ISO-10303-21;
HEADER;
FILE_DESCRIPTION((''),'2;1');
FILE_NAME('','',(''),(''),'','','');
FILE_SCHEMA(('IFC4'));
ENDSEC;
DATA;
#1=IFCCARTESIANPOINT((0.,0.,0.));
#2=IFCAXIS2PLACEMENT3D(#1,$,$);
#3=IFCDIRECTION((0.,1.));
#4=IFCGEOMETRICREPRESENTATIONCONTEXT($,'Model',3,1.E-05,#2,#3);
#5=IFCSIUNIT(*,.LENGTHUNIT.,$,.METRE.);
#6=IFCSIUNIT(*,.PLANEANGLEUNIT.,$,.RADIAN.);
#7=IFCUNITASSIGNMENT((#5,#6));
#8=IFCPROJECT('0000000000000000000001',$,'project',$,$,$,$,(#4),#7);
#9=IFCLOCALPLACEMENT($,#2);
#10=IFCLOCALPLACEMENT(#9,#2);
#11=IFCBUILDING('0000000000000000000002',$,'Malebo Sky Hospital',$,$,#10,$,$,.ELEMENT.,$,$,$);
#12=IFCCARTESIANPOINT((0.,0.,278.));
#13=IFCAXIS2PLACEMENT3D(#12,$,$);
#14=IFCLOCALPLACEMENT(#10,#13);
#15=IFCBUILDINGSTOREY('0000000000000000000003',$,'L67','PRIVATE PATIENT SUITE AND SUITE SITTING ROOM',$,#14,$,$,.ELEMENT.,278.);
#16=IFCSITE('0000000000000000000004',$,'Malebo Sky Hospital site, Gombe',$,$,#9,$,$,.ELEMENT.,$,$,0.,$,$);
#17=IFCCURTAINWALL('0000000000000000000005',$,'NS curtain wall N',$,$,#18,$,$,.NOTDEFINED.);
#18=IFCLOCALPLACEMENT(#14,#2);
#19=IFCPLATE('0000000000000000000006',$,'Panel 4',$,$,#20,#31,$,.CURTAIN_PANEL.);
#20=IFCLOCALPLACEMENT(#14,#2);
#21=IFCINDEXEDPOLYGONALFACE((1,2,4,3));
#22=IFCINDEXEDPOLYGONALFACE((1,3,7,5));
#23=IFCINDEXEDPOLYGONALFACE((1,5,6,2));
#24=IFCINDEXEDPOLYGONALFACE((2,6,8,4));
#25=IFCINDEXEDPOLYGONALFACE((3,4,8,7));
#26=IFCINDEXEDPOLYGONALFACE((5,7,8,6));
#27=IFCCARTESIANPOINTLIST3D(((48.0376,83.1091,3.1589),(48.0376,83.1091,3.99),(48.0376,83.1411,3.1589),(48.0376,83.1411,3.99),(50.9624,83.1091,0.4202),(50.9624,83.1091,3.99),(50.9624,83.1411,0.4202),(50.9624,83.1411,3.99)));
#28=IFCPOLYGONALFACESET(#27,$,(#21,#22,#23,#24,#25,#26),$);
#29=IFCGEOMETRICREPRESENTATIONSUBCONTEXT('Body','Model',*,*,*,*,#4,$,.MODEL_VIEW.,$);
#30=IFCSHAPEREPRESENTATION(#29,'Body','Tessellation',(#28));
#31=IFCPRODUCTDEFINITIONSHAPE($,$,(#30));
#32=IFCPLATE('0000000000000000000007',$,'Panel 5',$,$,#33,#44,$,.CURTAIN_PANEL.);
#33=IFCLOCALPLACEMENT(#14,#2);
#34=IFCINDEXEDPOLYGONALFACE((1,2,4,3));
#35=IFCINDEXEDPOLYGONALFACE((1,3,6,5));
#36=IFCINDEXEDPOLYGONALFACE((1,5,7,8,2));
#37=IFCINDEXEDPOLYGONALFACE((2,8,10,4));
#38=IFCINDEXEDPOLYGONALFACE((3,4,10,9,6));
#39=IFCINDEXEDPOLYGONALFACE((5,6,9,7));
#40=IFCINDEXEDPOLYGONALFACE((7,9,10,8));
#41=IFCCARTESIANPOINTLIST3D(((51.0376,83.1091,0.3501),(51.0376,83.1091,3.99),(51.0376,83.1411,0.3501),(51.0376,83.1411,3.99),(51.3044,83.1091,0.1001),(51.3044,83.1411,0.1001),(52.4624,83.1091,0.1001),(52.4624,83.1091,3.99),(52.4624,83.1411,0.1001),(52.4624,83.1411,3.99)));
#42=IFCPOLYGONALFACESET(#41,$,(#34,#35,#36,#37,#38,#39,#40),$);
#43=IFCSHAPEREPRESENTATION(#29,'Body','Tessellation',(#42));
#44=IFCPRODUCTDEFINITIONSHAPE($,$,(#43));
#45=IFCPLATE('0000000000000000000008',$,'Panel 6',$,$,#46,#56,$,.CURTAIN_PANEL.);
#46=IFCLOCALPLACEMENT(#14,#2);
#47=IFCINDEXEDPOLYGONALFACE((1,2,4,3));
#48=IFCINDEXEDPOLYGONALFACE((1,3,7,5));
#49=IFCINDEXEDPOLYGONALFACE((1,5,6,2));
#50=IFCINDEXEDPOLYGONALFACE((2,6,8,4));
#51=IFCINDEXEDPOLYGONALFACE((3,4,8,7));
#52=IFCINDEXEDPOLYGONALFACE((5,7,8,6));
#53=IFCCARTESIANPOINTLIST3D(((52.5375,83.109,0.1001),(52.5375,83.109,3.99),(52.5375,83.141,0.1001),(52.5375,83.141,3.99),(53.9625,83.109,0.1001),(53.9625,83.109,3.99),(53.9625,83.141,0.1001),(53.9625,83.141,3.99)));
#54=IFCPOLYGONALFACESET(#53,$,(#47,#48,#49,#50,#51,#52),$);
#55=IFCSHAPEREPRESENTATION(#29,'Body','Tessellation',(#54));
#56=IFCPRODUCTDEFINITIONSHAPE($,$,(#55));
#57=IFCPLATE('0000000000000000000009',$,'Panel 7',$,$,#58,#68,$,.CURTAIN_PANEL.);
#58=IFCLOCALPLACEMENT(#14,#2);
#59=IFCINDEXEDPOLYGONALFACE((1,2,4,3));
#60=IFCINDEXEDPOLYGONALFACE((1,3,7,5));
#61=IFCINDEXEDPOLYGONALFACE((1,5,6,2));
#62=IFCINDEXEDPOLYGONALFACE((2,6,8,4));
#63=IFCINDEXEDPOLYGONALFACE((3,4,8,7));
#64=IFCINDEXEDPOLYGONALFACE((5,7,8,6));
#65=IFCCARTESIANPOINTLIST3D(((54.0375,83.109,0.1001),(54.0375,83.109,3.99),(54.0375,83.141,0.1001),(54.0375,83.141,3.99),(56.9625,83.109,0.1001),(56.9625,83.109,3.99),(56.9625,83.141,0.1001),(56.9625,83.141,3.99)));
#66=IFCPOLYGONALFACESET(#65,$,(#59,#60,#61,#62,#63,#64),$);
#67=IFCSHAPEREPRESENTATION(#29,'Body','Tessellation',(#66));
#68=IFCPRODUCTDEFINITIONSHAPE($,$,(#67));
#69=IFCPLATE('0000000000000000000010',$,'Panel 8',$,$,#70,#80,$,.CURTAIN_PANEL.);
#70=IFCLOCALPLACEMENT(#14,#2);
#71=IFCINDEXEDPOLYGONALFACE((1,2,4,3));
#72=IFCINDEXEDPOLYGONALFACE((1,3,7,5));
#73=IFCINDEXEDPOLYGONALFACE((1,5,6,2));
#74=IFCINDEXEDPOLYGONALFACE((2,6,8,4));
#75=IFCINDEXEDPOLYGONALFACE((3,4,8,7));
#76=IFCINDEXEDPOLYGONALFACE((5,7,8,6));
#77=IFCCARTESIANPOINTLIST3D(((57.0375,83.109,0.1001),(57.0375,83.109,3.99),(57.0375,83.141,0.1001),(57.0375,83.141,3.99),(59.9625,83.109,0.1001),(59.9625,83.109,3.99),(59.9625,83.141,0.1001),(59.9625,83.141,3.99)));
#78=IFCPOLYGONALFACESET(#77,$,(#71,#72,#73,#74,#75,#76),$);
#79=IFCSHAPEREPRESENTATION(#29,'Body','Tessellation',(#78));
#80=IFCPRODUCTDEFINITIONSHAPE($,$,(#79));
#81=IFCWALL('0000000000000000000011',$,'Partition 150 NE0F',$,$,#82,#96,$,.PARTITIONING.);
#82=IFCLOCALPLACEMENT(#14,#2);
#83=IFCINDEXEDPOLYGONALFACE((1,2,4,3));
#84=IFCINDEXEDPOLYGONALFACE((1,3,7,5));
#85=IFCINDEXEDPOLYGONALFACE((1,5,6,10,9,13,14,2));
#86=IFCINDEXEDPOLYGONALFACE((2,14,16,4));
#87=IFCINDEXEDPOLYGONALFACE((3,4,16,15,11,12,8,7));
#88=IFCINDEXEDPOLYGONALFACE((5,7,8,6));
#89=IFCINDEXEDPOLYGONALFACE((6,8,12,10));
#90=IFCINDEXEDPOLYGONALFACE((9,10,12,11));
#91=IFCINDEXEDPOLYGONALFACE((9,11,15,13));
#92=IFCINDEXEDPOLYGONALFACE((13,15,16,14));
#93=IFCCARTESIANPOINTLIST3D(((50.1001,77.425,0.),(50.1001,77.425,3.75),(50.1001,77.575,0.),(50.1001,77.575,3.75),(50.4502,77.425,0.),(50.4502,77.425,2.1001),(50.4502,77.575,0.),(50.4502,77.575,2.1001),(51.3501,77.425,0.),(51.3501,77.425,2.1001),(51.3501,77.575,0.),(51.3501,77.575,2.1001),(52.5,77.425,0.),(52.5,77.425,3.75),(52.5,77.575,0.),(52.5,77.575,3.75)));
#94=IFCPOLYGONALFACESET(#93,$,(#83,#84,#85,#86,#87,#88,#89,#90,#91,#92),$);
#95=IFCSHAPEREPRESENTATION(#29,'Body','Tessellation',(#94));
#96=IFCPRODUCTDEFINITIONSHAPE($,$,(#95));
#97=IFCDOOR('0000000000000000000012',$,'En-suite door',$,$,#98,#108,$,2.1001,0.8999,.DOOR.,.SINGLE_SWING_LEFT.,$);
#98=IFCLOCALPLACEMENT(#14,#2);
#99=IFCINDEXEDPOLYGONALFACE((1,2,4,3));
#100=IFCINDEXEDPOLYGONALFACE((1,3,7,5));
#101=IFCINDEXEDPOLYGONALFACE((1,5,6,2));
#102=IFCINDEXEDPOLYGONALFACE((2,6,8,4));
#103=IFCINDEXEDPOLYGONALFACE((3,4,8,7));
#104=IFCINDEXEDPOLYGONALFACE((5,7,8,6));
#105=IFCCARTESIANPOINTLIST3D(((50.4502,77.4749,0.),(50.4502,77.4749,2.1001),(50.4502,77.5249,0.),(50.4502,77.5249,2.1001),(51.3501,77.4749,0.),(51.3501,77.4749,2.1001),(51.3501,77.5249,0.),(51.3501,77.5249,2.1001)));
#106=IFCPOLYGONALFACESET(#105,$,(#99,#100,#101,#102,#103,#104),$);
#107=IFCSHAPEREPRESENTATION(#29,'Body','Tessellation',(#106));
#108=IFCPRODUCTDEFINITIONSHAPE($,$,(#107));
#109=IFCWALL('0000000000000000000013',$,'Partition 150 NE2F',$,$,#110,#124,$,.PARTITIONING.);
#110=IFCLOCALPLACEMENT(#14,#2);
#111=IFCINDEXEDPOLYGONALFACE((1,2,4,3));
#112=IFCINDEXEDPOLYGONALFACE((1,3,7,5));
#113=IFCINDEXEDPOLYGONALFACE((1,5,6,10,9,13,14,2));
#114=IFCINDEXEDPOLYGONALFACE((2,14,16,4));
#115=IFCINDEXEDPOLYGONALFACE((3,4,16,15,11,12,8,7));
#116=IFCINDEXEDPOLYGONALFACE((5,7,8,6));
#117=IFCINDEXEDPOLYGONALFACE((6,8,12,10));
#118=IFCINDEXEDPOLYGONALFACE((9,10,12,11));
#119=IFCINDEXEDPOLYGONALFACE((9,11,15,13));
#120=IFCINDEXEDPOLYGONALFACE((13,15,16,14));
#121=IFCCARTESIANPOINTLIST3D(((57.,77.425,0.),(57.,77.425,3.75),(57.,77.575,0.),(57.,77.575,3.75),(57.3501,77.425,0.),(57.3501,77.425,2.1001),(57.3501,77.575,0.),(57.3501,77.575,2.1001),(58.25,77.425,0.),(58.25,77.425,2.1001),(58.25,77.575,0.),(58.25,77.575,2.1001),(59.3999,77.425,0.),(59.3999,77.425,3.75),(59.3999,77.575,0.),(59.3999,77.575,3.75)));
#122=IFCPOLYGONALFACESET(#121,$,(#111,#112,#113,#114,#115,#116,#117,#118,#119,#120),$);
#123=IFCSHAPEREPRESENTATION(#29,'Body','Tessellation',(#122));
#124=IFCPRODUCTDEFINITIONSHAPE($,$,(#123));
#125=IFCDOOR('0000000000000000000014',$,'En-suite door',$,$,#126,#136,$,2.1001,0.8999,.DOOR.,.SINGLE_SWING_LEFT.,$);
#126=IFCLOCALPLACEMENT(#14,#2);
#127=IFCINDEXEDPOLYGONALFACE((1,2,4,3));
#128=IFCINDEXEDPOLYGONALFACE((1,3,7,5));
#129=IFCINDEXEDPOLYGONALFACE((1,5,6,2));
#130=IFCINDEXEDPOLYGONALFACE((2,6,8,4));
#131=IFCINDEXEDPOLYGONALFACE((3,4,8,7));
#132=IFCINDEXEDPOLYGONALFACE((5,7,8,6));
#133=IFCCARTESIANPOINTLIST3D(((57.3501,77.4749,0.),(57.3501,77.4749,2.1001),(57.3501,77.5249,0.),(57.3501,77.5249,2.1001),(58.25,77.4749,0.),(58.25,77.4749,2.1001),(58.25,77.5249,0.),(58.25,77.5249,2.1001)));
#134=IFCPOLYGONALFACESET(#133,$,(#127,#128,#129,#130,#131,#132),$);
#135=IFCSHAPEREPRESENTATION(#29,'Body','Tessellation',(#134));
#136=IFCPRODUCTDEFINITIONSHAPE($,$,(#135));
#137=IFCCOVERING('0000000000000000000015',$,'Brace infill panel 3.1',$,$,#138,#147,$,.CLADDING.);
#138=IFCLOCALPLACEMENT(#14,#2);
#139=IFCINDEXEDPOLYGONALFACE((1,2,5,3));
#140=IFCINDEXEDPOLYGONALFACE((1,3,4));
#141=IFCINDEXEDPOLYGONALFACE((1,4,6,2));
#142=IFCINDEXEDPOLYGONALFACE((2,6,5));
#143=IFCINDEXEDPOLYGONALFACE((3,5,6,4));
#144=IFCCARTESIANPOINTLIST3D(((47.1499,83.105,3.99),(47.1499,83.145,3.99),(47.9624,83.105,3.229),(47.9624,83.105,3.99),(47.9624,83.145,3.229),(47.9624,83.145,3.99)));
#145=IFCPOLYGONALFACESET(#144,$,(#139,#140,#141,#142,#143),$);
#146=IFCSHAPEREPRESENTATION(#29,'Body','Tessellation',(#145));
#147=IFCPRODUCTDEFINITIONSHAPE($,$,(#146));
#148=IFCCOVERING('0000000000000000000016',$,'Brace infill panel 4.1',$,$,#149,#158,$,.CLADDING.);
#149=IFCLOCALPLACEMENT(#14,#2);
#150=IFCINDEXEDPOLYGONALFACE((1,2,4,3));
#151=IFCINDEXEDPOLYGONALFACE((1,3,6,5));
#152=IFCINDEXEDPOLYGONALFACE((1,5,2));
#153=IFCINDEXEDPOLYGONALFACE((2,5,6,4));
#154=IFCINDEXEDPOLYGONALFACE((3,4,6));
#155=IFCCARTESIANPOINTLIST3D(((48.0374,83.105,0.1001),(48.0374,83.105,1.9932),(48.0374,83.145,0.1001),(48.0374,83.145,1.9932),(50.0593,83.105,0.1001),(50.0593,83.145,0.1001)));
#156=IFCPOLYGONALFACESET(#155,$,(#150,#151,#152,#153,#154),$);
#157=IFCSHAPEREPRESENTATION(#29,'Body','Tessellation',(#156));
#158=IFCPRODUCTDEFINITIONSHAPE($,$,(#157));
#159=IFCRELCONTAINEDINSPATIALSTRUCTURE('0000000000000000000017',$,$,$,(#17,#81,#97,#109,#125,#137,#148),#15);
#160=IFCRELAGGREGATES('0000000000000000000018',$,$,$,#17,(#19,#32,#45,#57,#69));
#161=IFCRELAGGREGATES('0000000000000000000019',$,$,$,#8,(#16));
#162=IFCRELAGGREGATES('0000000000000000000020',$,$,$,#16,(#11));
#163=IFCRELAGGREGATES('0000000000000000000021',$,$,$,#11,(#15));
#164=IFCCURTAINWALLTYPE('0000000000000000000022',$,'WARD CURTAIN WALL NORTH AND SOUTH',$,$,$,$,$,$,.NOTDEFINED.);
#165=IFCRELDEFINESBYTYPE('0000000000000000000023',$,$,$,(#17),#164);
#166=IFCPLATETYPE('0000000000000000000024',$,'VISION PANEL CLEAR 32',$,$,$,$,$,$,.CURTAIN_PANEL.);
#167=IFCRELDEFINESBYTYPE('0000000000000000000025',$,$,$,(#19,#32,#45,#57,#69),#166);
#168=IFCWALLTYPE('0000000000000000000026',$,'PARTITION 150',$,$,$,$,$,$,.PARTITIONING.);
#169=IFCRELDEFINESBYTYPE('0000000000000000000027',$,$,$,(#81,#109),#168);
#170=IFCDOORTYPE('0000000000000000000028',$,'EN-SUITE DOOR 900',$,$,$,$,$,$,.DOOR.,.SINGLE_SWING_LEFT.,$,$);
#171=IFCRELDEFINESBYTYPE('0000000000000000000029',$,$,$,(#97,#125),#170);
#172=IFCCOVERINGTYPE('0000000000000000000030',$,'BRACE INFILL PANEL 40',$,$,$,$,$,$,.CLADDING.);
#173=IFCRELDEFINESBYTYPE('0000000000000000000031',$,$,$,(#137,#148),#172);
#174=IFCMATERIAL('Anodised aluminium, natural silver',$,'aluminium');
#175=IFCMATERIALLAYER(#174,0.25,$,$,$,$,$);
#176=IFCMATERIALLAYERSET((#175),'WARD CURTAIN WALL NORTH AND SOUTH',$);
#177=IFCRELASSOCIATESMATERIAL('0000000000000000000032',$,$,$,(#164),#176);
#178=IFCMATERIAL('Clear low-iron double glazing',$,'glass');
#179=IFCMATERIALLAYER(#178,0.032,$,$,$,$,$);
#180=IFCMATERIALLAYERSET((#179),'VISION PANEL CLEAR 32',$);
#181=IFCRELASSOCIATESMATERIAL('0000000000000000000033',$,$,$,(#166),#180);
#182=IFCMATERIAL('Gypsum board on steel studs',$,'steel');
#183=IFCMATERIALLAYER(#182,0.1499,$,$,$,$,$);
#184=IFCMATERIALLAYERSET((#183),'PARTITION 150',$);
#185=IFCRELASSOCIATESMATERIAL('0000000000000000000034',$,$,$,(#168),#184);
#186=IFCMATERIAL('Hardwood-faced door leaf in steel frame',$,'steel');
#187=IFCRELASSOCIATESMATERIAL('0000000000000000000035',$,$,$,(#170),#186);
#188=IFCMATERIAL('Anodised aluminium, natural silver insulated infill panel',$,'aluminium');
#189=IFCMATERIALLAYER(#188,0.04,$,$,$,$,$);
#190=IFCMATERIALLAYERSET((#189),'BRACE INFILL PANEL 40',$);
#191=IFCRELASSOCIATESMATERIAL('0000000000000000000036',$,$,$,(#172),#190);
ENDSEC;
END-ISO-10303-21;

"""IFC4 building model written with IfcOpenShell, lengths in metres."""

from ifc_helpers import new_model, si_unit, direction, frame, frame_2d, origin, origin_2d, place, context, subcontext, project, spatial, polyline, rectangle, outline, extrude, material, layer, layer_set, type_object, element, fill, aggregate, save


model = new_model("IFC4")

# Units and contexts
model_context = context("Model", 3, precision=1e-05, world=origin(), true_north=direction((0.0, 1.0)))
body_context = subcontext(model_context, "Body", "Model", "MODEL_VIEW")
ifc_project = project(units=[si_unit("LENGTHUNIT", "METRE"), si_unit("PLANEANGLEUNIT", "RADIAN")], contexts=[model_context])

# Site, building, storey
site_placement = place(None, origin())
site = spatial("IfcSite", under=ifc_project, at=site_placement, Name="Malebo Sky Hospital site, Gombe", CompositionType="ELEMENT", RefElevation=0.0)
building_placement = place(site_placement, origin())
building = spatial("IfcBuilding", under=site, at=building_placement, Name="Malebo Sky Hospital", CompositionType="ELEMENT")
storey_placement = place(building_placement, frame((0.0, 0.0, 278.0)))
storey = spatial("IfcBuildingStorey", under=building, at=storey_placement, Name="L67", Description="PRIVATE PATIENT SUITE AND SUITE SITTING ROOM", CompositionType="ELEMENT", Elevation=278.0)

# Curtain wall
ifc_material_1 = material(Name="Anodised aluminium, natural silver", Category="aluminium")
ifc_layer_1 = layer(ifc_material_1, 0.25)
ifc_layer_set_1 = layer_set([ifc_layer_1], Name="WARD CURTAIN WALL NORTH AND SOUTH")
curtain_wall_type = type_object("IfcCurtainWallType", Name="WARD CURTAIN WALL NORTH AND SOUTH", PredefinedType="NOTDEFINED", material=ifc_layer_set_1)
curtain_wall_placement = place(storey_placement, origin())
curtain_wall = element("IfcCurtainWall", 1, at=curtain_wall_placement, inside=storey, type_object=curtain_wall_type, Name="NS curtain wall N", PredefinedType="NOTDEFINED")

# Plates
ifc_material_2 = material(Name="Clear low-iron double glazing", Category="glass")
ifc_layer_2 = layer(ifc_material_2, 0.032)
ifc_layer_set_2 = layer_set([ifc_layer_2], Name="VISION PANEL CLEAR 32")
plate_type = type_object("IfcPlateType", Name="VISION PANEL CLEAR 32", PredefinedType="CURTAIN_PANEL", material=ifc_layer_set_2)
plate_1_placement = place(storey_placement, frame((49.5, 83.125, 0.4202), z_axis=(0.0, 0.0, 1.0), x_axis=(1.0, 0.0, 0.0)))
plate_1 = element("IfcPlate", 2, at=plate_1_placement, type_object=plate_type, Name="Panel 4", PredefinedType="CURTAIN_PANEL", context=body_context, shape_type="SweptSolid", body=[
    extrude(outline(polyline([(1.4624, 0.0), (1.4624, 3.5698), (-1.4624, 3.5698), (-1.4624, 2.7388), (1.4624, 0.0)])), frame((0.0, 0.0161, 0.0), z_axis=(0.0, -1.0, 0.0), x_axis=(1.0, 0.0, 0.0)), (0.0, 0.0, 1.0), 0.032),
])
plate_2_placement = place(storey_placement, frame((51.75, 83.125, 0.1001), z_axis=(0.0, 0.0, 1.0), x_axis=(1.0, 0.0, 0.0)))
plate_2 = element("IfcPlate", 3, at=plate_2_placement, type_object=plate_type, Name="Panel 5", PredefinedType="CURTAIN_PANEL", context=body_context, shape_type="SweptSolid", body=[
    extrude(outline(polyline([(-0.4456, 0.0), (0.7124, 0.0), (0.7124, 3.8899), (-0.7124, 3.8899), (-0.7124, 0.25), (-0.4456, 0.0)])), frame((0.0, 0.0161, 0.0), z_axis=(0.0, -1.0, 0.0), x_axis=(1.0, 0.0, 0.0)), (0.0, 0.0, 1.0), 0.032),
])
plate_3_placement = place(storey_placement, frame((53.25, 83.125, 0.1001), z_axis=(0.0, 0.0, 1.0), x_axis=(1.0, 0.0, 0.0)))
plate_3 = element("IfcPlate", 4, at=plate_3_placement, type_object=plate_type, Name="Panel 6", PredefinedType="CURTAIN_PANEL", context=body_context, shape_type="SweptSolid", body=[
    extrude(rectangle(XDim=1.425, YDim=0.032, at=origin_2d()), origin(), (0.0, 0.0, 1.0), 3.8899),
])
plate_4_placement = place(storey_placement, frame((55.5, 83.125, 0.1001), z_axis=(0.0, 0.0, 1.0), x_axis=(1.0, 0.0, 0.0)))
plate_4 = element("IfcPlate", 5, at=plate_4_placement, type_object=plate_type, Name="Panel 7", PredefinedType="CURTAIN_PANEL", context=body_context, shape_type="SweptSolid", body=[
    extrude(rectangle(XDim=2.925, YDim=0.032, at=origin_2d()), origin(), (0.0, 0.0, 1.0), 3.8899),
])
plate_5_placement = place(storey_placement, frame((58.5, 83.125, 0.1001), z_axis=(0.0, 0.0, 1.0), x_axis=(1.0, 0.0, 0.0)))
plate_5 = element("IfcPlate", 6, at=plate_5_placement, type_object=plate_type, Name="Panel 8", PredefinedType="CURTAIN_PANEL", context=body_context, shape_type="SweptSolid", body=[
    extrude(rectangle(XDim=2.925, YDim=0.032, at=origin_2d()), origin(), (0.0, 0.0, 1.0), 3.8899),
])
aggregate(curtain_wall, [plate_1, plate_2, plate_3, plate_4, plate_5])

# Walls, openings, doors
ifc_material_3 = material(Name="Gypsum board on steel studs", Category="steel")
ifc_layer_3 = layer(ifc_material_3, 0.1499)
ifc_layer_set_3 = layer_set([ifc_layer_3], Name="PARTITION 150")
wall_type = type_object("IfcWallType", Name="PARTITION 150", PredefinedType="PARTITIONING", material=ifc_layer_set_3)
wall_1_placement = place(storey_placement, frame((50.1001, 77.5, 0.0), z_axis=(0.0, 0.0, 1.0), x_axis=(1.0, 0.0, 0.0)))
wall_1 = element("IfcWall", 7, at=wall_1_placement, inside=storey, type_object=wall_type, Name="Partition 150 NE0F", PredefinedType="PARTITIONING", context=body_context, shape_type="SweptSolid", body=[
    extrude(rectangle(XDim=2.3999, YDim=0.1499, at=frame_2d((1.2, 0.0))), origin(), (0.0, 0.0, 1.0), 3.75),
])
opening_1_placement = place(wall_1_placement, frame((0.3501, 0.0, 0.0)))
opening_1 = element("IfcOpeningElement", 8, at=opening_1_placement, cuts=wall_1, PredefinedType="OPENING", context=body_context, shape_type="SweptSolid", body=[
    extrude(rectangle(XDim=0.8999, YDim=2.1001, at=frame_2d((0.45, 1.05))), frame((0.0, 0.085, 0.0), z_axis=(0.0, -1.0, 0.0), x_axis=(1.0, 0.0, 0.0)), (0.0, 0.0, 1.0), 0.1699),
])
ifc_material_4 = material(Name="Hardwood-faced door leaf in steel frame", Category="steel")
door_type = type_object("IfcDoorType", Name="EN-SUITE DOOR 900", OperationType="SINGLE_SWING_LEFT", PredefinedType="DOOR", material=ifc_material_4)
door_1_placement = place(opening_1_placement, origin())
door_1 = element("IfcDoor", 9, at=door_1_placement, inside=storey, type_object=door_type, Name="En-suite door", OperationType="SINGLE_SWING_LEFT", OverallHeight=2.1001, OverallWidth=0.8999, PredefinedType="DOOR", context=body_context, shape_type="SweptSolid", body=[
    extrude(rectangle(XDim=0.8999, YDim=2.1001, at=frame_2d((0.45, 1.05))), frame((0.0, 0.0249, 0.0), z_axis=(0.0, -1.0, 0.0), x_axis=(1.0, 0.0, 0.0)), (0.0, 0.0, 1.0), 0.05),
])
fill(opening_1, door_1)
wall_2_placement = place(storey_placement, frame((57.0, 77.5, 0.0), z_axis=(0.0, 0.0, 1.0), x_axis=(1.0, 0.0, 0.0)))
wall_2 = element("IfcWall", 10, at=wall_2_placement, inside=storey, type_object=wall_type, Name="Partition 150 NE2F", PredefinedType="PARTITIONING", context=body_context, shape_type="SweptSolid", body=[
    extrude(rectangle(XDim=2.3999, YDim=0.1499, at=frame_2d((1.2, 0.0))), origin(), (0.0, 0.0, 1.0), 3.75),
])
opening_2_placement = place(wall_2_placement, frame((0.3501, 0.0, 0.0)))
opening_2 = element("IfcOpeningElement", 11, at=opening_2_placement, cuts=wall_2, PredefinedType="OPENING", context=body_context, shape_type="SweptSolid", body=[
    extrude(rectangle(XDim=0.8999, YDim=2.1001, at=frame_2d((0.45, 1.05))), frame((0.0, 0.085, 0.0), z_axis=(0.0, -1.0, 0.0), x_axis=(1.0, 0.0, 0.0)), (0.0, 0.0, 1.0), 0.1699),
])
door_2_placement = place(opening_2_placement, origin())
door_2 = element("IfcDoor", 12, at=door_2_placement, inside=storey, type_object=door_type, Name="En-suite door", OperationType="SINGLE_SWING_LEFT", OverallHeight=2.1001, OverallWidth=0.8999, PredefinedType="DOOR", context=body_context, shape_type="SweptSolid", body=[
    extrude(rectangle(XDim=0.8999, YDim=2.1001, at=frame_2d((0.45, 1.05))), frame((0.0, 0.0249, 0.0), z_axis=(0.0, -1.0, 0.0), x_axis=(1.0, 0.0, 0.0)), (0.0, 0.0, 1.0), 0.05),
])
fill(opening_2, door_2)

# Coverings
ifc_material_5 = material(Name="Anodised aluminium, natural silver insulated infill panel", Category="aluminium")
ifc_layer_4 = layer(ifc_material_5, 0.04)
ifc_layer_set_4 = layer_set([ifc_layer_4], Name="BRACE INFILL PANEL 40")
covering_type = type_object("IfcCoveringType", Name="BRACE INFILL PANEL 40", PredefinedType="CLADDING", material=ifc_layer_set_4)
covering_1_placement = place(storey_placement, frame((47.5562, 83.125, 3.229), z_axis=(0.0, 0.0, 1.0), x_axis=(1.0, 0.0, 0.0)))
element("IfcCovering", 13, at=covering_1_placement, inside=storey, type_object=covering_type, Name="Brace infill panel 3.1", PredefinedType="CLADDING", context=body_context, shape_type="SweptSolid", body=[
    extrude(outline(polyline([(0.4062, 0.0), (0.4062, 0.761), (-0.4062, 0.761), (0.4062, 0.0)])), frame((0.0, 0.02, 0.0), z_axis=(0.0, -1.0, 0.0), x_axis=(1.0, 0.0, 0.0)), (0.0, 0.0, 1.0), 0.04),
])
covering_2_placement = place(storey_placement, frame((49.0483, 83.125, 0.1001), z_axis=(0.0, 0.0, 1.0), x_axis=(1.0, 0.0, 0.0)))
element("IfcCovering", 14, at=covering_2_placement, inside=storey, type_object=covering_type, Name="Brace infill panel 4.1", PredefinedType="CLADDING", context=body_context, shape_type="SweptSolid", body=[
    extrude(outline(polyline([(-1.011, 0.0), (1.011, 0.0), (-1.011, 1.8931), (-1.011, 0.0)])), frame((0.0, 0.02, 0.0), z_axis=(0.0, -1.0, 0.0), x_axis=(1.0, 0.0, 0.0)), (0.0, 0.0, 1.0), 0.04),
])

save(model, "model.ifc")
